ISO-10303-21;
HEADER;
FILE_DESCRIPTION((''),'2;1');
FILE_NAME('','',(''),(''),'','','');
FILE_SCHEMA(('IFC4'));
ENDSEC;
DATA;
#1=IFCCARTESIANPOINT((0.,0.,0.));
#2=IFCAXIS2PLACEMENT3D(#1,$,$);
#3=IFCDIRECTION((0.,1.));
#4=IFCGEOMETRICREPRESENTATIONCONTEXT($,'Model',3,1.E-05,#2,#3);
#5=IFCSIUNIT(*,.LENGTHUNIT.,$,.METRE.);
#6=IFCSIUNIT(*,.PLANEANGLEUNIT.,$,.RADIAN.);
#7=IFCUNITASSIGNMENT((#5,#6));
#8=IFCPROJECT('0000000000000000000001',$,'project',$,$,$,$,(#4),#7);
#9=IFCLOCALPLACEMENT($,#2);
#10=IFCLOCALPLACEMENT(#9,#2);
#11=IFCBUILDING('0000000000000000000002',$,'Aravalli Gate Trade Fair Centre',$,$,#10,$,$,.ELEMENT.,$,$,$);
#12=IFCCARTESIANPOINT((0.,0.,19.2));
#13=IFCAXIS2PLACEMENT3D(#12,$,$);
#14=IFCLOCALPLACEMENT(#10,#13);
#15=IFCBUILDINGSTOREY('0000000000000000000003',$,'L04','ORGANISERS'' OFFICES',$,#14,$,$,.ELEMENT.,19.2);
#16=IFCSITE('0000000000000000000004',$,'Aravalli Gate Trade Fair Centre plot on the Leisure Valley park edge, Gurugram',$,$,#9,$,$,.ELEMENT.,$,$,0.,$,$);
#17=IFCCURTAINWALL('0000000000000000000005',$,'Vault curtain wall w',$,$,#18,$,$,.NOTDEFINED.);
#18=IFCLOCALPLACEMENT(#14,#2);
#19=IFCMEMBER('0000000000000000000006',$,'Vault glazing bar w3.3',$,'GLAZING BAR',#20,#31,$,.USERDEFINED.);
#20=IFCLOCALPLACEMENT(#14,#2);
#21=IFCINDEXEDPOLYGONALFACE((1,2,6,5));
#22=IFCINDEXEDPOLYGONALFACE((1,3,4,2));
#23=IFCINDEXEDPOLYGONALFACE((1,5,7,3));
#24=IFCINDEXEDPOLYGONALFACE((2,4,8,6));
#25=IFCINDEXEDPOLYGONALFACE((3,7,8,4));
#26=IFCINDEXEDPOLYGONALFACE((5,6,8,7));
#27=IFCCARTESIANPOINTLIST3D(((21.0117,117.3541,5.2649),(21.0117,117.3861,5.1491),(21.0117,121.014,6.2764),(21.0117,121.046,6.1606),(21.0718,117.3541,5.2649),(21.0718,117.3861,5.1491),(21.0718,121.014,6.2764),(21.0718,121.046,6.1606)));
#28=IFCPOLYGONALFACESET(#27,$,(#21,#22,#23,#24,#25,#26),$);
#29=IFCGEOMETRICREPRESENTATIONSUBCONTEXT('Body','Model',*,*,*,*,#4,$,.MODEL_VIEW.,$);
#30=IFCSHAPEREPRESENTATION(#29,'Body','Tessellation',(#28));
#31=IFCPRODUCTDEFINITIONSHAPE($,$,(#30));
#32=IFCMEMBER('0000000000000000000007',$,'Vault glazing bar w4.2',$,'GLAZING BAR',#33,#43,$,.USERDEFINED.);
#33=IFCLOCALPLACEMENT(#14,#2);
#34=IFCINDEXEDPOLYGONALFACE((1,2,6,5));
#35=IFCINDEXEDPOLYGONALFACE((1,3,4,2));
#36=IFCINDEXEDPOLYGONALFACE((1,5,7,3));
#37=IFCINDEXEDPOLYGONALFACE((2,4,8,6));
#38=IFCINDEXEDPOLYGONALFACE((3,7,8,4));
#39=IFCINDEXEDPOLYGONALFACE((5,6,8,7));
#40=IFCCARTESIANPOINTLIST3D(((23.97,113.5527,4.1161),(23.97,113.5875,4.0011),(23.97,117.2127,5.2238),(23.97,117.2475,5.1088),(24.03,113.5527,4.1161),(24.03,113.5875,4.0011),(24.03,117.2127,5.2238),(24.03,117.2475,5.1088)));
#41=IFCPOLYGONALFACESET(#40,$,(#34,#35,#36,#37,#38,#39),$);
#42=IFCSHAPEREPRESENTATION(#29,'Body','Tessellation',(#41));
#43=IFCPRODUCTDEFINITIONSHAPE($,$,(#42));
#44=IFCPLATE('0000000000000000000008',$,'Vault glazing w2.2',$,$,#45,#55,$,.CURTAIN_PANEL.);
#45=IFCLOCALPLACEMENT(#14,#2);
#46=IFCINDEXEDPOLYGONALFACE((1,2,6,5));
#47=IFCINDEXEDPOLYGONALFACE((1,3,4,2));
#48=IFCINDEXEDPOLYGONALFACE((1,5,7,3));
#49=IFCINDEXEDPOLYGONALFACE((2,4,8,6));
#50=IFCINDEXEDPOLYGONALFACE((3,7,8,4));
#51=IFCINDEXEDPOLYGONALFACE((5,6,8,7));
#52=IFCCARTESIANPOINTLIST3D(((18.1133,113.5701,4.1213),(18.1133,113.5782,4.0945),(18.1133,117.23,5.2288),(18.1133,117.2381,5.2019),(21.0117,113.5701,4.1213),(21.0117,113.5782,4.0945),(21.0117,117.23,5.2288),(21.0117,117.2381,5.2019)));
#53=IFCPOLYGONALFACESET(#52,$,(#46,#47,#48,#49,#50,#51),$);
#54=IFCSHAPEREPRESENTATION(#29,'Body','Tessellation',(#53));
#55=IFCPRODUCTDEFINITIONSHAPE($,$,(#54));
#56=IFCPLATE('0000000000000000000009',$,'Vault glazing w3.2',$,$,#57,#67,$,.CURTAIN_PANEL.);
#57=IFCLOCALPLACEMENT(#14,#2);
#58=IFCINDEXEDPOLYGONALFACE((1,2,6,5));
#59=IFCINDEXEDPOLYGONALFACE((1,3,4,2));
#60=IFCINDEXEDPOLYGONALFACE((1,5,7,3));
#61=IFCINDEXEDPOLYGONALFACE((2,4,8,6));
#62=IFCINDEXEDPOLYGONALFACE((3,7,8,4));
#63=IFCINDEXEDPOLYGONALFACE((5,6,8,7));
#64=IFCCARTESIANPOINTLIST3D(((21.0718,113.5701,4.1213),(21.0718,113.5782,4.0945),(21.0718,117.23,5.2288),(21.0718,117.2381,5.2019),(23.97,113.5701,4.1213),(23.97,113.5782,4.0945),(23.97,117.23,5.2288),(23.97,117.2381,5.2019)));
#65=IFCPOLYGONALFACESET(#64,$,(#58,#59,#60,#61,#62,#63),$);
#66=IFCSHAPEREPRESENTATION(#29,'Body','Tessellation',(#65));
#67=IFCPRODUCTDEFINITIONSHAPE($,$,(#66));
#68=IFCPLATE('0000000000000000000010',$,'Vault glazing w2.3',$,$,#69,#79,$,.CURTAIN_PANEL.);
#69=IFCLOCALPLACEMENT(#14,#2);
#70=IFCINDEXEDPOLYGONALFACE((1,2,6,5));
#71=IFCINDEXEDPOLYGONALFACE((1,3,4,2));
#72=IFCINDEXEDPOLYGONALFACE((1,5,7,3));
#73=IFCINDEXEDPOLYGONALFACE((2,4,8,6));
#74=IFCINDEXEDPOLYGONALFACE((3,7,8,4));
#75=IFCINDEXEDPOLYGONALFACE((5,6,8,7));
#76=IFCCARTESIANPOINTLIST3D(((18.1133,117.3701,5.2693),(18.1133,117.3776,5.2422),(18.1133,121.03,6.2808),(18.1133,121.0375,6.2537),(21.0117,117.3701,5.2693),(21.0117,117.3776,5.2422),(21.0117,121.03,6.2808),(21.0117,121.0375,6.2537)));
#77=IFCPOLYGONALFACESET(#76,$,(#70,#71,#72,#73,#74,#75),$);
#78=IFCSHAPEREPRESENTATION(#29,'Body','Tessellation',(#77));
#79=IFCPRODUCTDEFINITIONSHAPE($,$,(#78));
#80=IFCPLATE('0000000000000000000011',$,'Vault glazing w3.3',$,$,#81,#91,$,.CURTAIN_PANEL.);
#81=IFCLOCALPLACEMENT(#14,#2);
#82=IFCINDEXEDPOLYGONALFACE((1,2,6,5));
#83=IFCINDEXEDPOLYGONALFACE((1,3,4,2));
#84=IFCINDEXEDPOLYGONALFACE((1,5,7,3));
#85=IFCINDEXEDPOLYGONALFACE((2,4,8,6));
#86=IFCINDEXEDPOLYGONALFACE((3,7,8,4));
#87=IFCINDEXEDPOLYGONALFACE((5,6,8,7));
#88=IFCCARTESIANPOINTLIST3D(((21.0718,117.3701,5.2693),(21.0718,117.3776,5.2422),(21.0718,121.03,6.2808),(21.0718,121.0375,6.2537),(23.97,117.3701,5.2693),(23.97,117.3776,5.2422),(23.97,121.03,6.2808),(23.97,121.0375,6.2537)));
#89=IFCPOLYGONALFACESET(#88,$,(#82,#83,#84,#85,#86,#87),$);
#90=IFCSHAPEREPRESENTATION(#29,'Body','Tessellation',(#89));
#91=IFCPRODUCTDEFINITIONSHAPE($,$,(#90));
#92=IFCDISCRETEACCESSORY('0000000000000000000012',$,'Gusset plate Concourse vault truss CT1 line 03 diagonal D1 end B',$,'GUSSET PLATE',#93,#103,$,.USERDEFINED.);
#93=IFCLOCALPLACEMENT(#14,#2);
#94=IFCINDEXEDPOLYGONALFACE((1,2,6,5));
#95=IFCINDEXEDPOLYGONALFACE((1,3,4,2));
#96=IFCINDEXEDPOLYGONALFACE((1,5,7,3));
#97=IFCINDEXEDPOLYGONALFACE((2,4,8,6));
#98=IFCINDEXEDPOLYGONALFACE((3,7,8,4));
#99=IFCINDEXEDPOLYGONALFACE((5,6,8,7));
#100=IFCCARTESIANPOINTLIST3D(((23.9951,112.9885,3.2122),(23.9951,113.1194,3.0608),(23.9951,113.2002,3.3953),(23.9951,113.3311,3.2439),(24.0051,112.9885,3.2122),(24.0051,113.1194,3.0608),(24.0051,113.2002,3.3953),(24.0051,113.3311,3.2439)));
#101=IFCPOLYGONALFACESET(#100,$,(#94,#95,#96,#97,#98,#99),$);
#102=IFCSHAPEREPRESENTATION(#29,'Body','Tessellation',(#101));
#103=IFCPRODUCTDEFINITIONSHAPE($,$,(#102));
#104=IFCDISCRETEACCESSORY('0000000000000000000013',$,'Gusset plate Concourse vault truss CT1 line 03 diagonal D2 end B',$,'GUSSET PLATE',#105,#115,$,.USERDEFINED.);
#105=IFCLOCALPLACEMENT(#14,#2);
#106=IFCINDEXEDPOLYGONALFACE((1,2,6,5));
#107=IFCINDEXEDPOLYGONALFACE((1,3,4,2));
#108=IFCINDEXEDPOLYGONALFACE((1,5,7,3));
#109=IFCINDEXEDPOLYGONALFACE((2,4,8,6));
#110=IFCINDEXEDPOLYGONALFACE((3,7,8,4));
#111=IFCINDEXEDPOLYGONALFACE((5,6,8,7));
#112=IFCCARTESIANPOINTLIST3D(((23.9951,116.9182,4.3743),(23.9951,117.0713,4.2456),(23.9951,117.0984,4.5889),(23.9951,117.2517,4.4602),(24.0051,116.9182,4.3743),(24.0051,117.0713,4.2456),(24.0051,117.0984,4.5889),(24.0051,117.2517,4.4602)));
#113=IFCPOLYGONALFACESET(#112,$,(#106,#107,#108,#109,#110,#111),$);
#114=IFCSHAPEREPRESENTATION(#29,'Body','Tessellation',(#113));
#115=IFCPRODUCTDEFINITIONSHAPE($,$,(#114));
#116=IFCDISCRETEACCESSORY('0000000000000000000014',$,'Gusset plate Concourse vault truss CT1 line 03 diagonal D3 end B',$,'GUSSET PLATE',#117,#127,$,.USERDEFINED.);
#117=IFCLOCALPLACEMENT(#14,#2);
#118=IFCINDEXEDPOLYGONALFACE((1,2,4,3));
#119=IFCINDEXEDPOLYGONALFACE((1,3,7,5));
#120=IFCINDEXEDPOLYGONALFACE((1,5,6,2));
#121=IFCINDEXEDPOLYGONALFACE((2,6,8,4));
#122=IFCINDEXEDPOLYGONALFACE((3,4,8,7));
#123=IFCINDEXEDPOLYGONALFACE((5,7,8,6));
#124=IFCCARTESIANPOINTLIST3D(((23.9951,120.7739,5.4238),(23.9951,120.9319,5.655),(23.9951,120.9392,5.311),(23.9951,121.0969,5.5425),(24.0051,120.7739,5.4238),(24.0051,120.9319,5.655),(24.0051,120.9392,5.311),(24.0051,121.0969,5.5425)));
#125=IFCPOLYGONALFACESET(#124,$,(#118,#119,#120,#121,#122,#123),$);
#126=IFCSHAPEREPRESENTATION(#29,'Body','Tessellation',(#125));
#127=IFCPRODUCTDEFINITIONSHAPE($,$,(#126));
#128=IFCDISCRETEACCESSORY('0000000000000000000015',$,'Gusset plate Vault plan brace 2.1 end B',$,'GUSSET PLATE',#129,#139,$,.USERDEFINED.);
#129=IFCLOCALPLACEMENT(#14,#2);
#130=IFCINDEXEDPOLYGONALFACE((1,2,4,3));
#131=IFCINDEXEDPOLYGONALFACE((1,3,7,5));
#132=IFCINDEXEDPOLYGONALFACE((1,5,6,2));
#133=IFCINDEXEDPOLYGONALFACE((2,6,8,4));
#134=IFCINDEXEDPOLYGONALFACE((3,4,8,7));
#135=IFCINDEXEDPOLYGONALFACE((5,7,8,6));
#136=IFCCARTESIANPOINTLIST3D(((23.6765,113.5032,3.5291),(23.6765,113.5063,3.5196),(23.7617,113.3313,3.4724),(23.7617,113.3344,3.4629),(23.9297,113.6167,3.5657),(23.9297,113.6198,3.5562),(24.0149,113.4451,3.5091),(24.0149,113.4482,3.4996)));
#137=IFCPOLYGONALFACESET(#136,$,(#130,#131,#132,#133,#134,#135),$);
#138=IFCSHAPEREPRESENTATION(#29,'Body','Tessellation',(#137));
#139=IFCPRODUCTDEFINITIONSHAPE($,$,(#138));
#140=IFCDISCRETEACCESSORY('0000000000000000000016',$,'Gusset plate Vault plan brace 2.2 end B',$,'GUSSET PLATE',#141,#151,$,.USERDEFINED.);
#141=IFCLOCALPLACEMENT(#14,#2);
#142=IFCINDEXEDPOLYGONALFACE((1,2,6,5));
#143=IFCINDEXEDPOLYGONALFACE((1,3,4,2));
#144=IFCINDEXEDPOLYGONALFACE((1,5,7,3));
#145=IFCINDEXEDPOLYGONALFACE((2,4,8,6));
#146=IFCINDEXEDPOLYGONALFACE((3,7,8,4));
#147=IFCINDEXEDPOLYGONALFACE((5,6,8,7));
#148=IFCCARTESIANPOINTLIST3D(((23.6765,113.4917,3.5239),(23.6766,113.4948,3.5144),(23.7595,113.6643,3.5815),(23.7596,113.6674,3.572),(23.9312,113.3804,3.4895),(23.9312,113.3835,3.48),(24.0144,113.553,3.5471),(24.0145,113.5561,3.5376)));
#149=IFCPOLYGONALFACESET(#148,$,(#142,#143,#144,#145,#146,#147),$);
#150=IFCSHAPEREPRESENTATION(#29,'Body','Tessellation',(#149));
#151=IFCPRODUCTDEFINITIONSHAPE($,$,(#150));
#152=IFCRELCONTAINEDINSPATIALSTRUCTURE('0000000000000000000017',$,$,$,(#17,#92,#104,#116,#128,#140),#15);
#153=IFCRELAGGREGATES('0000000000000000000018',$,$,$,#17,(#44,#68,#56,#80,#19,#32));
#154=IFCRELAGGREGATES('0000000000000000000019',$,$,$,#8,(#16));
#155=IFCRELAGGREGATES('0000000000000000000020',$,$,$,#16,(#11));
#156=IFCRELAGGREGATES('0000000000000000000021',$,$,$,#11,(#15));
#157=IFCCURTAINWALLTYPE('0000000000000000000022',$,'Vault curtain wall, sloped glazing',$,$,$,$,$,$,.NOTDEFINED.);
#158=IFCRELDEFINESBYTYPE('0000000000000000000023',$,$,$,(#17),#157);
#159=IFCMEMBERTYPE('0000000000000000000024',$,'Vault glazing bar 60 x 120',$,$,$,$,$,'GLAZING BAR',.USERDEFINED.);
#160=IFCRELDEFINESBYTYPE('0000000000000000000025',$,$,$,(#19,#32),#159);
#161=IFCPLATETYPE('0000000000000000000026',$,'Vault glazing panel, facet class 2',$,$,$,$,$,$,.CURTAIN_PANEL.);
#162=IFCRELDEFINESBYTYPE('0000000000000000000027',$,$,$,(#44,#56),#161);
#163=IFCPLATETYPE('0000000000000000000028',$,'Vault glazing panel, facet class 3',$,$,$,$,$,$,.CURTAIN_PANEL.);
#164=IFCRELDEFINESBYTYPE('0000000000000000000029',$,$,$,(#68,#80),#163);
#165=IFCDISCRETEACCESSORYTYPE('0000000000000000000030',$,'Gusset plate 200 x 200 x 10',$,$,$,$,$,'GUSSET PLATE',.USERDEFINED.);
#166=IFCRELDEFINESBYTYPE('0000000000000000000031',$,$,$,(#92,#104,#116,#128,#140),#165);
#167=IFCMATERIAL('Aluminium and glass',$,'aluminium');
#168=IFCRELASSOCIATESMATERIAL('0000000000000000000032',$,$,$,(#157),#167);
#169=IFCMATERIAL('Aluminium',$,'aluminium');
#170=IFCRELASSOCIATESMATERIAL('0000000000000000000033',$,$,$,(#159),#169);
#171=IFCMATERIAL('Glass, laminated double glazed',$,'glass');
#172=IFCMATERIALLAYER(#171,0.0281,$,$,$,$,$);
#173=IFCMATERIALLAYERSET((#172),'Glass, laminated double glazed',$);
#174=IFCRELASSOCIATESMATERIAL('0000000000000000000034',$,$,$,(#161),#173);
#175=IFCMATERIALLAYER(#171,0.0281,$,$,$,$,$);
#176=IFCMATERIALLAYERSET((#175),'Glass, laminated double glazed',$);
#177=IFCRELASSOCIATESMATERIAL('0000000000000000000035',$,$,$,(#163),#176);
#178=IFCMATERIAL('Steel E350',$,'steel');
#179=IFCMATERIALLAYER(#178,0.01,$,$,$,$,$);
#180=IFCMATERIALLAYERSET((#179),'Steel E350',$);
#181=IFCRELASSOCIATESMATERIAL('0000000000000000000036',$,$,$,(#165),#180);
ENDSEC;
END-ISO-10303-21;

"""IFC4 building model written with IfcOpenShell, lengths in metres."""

from ifc_helpers import new_model, si_unit, direction, frame, origin, origin_2d, place, context, subcontext, project, spatial, polyline, rectangle, outline, extrude, material, layer, layer_set, material_profile, profile_set, type_object, element, aggregate, save


model = new_model("IFC4")

# Units and contexts
model_context = context("Model", 3, precision=1e-05, world=origin(), true_north=direction((0.0, 1.0)))
body_context = subcontext(model_context, "Body", "Model", "MODEL_VIEW")
ifc_project = project(units=[si_unit("LENGTHUNIT", "METRE"), si_unit("PLANEANGLEUNIT", "RADIAN")], contexts=[model_context])

# Site, building, storey
site_placement = place(None, origin())
site = spatial("IfcSite", under=ifc_project, at=site_placement, Name="Aravalli Gate Trade Fair Centre plot on the Leisure Valley park edge, Gurugram", CompositionType="ELEMENT", RefElevation=0.0)
building_placement = place(site_placement, origin())
building = spatial("IfcBuilding", under=site, at=building_placement, Name="Aravalli Gate Trade Fair Centre", CompositionType="ELEMENT")
storey_placement = place(building_placement, frame((0.0, 0.0, 19.2)))
storey = spatial("IfcBuildingStorey", under=building, at=storey_placement, Name="L04", Description="ORGANISERS' OFFICES", CompositionType="ELEMENT", Elevation=19.2)

# Shared definitions
ifc_material_1 = material(Name="Steel E350", Category="steel")
ifc_material_2 = material(Name="Aluminium", Category="aluminium")

# Curtain wall, members, plates
ifc_material_3 = material(Name="Aluminium and glass", Category="aluminium")
curtain_wall_type = type_object("IfcCurtainWallType", Name="Vault curtain wall, sloped glazing", PredefinedType="NOTDEFINED", material=ifc_material_3)
curtain_wall_placement = place(storey_placement, origin())
curtain_wall = element("IfcCurtainWall", 1, at=curtain_wall_placement, inside=storey, type_object=curtain_wall_type, Name="Vault curtain wall w", PredefinedType="NOTDEFINED")
ifc_material_profile_1 = material_profile(ifc_material_2, rectangle(XDim=0.0601, YDim=0.1201, at=origin_2d()), Name="Vault glazing bar 60 x 120")
ifc_profile_set_1 = profile_set([ifc_material_profile_1], Name="Aluminium")
member_type_1 = type_object("IfcMemberType", Name="Vault glazing bar 60 x 120", ElementType="GLAZING BAR", PredefinedType="USERDEFINED", material=ifc_profile_set_1)
member_1_placement = place(storey_placement, frame((21.0417, 117.3701, 5.207), z_axis=(0.0, 0.963868, 0.26638), x_axis=(-1.0, 0.0, 0.0)))
member_1 = element("IfcMember", 2, at=member_1_placement, type_object=member_type_1, Name="Vault glazing bar w3.3", ObjectType="GLAZING BAR", PredefinedType="USERDEFINED", context=body_context, shape_type="SweptSolid", body=[
    extrude(rectangle(XDim=0.0601, YDim=0.1201, at=origin_2d()), origin(), (0.0, 0.0, 1.0), 3.7971),
])
member_2_placement = place(storey_placement, frame((24.0, 113.5701, 4.0586), z_axis=(0.0, 0.957126, 0.289672), x_axis=(-1.0, 0.0, 0.0)))
member_2 = element("IfcMember", 3, at=member_2_placement, type_object=member_type_1, Name="Vault glazing bar w4.2", ObjectType="GLAZING BAR", PredefinedType="USERDEFINED", context=body_context, shape_type="SweptSolid", body=[
    extrude(rectangle(XDim=0.0601, YDim=0.1201, at=origin_2d()), origin(), (0.0, 0.0, 1.0), 3.824),
])
ifc_material_4 = material(Name="Glass, laminated double glazed", Category="glass")
ifc_layer_1 = layer(ifc_material_4, 0.0281)
ifc_layer_set_1 = layer_set([ifc_layer_1], Name="Glass, laminated double glazed")
plate_type_1 = type_object("IfcPlateType", Name="Vault glazing panel, facet class 2", PredefinedType="CURTAIN_PANEL", material=ifc_layer_set_1)
plate_1_placement = place(storey_placement, frame((18.1133, 113.5701, 4.1213), z_axis=(0.0, -0.289614, 0.957144), x_axis=(1.0, 0.0, 0.0)))
plate_1 = element("IfcPlate", 4, at=plate_1_placement, type_object=plate_type_1, Name="Vault glazing w2.2", PredefinedType="CURTAIN_PANEL", context=body_context, shape_type="SweptSolid", body=[
    extrude(outline(polyline([(0.0, 0.0), (2.8984, 0.0), (2.8984, 3.8238), (0.0, 3.8238), (0.0, 0.0)])), origin(), (0.0, 0.0, -1.0), 0.0281),
])
plate_2_placement = place(storey_placement, frame((21.0718, 113.5701, 4.1213), z_axis=(0.0, -0.289614, 0.957144), x_axis=(1.0, 0.0, 0.0)))
plate_2 = element("IfcPlate", 5, at=plate_2_placement, type_object=plate_type_1, Name="Vault glazing w3.2", PredefinedType="CURTAIN_PANEL", context=body_context, shape_type="SweptSolid", body=[
    extrude(outline(polyline([(0.0, 0.0), (2.8982, 0.0), (2.8982, 3.8238), (0.0, 3.8238), (0.0, 0.0)])), origin(), (0.0, 0.0, -1.0), 0.0281),
])
ifc_layer_2 = layer(ifc_material_4, 0.0281)
ifc_layer_set_2 = layer_set([ifc_layer_2], Name="Glass, laminated double glazed")
plate_type_2 = type_object("IfcPlateType", Name="Vault glazing panel, facet class 3", PredefinedType="CURTAIN_PANEL", material=ifc_layer_set_2)
plate_3_placement = place(storey_placement, frame((18.1133, 117.3701, 5.2693), z_axis=(0.0, -0.26638, 0.963868), x_axis=(1.0, 0.0, 0.0)))
plate_3 = element("IfcPlate", 6, at=plate_3_placement, type_object=plate_type_2, Name="Vault glazing w2.3", PredefinedType="CURTAIN_PANEL", context=body_context, shape_type="SweptSolid", body=[
    extrude(outline(polyline([(0.0, 0.0), (2.8984, 0.0), (2.8984, 3.7971), (0.0, 3.7971), (0.0, 0.0)])), origin(), (0.0, 0.0, -1.0), 0.0281),
])
plate_4_placement = place(storey_placement, frame((21.0718, 117.3701, 5.2693), z_axis=(0.0, -0.26638, 0.963868), x_axis=(1.0, 0.0, 0.0)))
plate_4 = element("IfcPlate", 7, at=plate_4_placement, type_object=plate_type_2, Name="Vault glazing w3.3", PredefinedType="CURTAIN_PANEL", context=body_context, shape_type="SweptSolid", body=[
    extrude(outline(polyline([(0.0, 0.0), (2.8982, 0.0), (2.8982, 3.7971), (0.0, 3.7971), (0.0, 0.0)])), origin(), (0.0, 0.0, -1.0), 0.0281),
])
aggregate(curtain_wall, [plate_1, plate_3, plate_2, plate_4, member_1, member_2])

# Discrete accessories
ifc_layer_3 = layer(ifc_material_1, 0.01)
ifc_layer_set_3 = layer_set([ifc_layer_3], Name="Steel E350")
discrete_accessory_type = type_object("IfcDiscreteAccessoryType", Name="Gusset plate 200 x 200 x 10", ElementType="GUSSET PLATE", PredefinedType="USERDEFINED", material=ifc_layer_set_3)
discrete_accessory_1_placement = place(storey_placement, frame((23.9951, 112.9885, 3.2122), z_axis=(-1.0, 0.0, 0.0), x_axis=(0.0, 0.756293, 0.654233)))
element("IfcDiscreteAccessory", 8, at=discrete_accessory_1_placement, inside=storey, type_object=discrete_accessory_type, Name="Gusset plate Concourse vault truss CT1 line 03 diagonal D1 end B", ObjectType="GUSSET PLATE", PredefinedType="USERDEFINED", context=body_context, shape_type="SweptSolid", body=[
    extrude(outline(polyline([(0.0, 0.0), (0.2799, 0.0), (0.2798, 0.2001), (-0.0001, 0.2001), (0.0, 0.0)])), origin(), (0.0, 0.0, -1.0), 0.01),
])
discrete_accessory_2_placement = place(storey_placement, frame((23.9951, 116.9182, 4.3743), z_axis=(-1.0, 0.0, 0.0), x_axis=(0.0, 0.643008, 0.765859)))
element("IfcDiscreteAccessory", 9, at=discrete_accessory_2_placement, inside=storey, type_object=discrete_accessory_type, Name="Gusset plate Concourse vault truss CT1 line 03 diagonal D2 end B", ObjectType="GUSSET PLATE", PredefinedType="USERDEFINED", context=body_context, shape_type="SweptSolid", body=[
    extrude(outline(polyline([(0.0, 0.0), (0.2802, 0.0), (0.2803, 0.2002), (-0.0001, 0.2), (0.0, 0.0)])), origin(), (0.0, 0.0, -1.0), 0.01),
])
discrete_accessory_3_placement = place(storey_placement, frame((23.9951, 120.7739, 5.4238), z_axis=(-1.0, 0.0, 0.0), x_axis=(0.0, 0.564121, 0.825692)))
element("IfcDiscreteAccessory", 10, at=discrete_accessory_3_placement, inside=storey, type_object=discrete_accessory_type, Name="Gusset plate Concourse vault truss CT1 line 03 diagonal D3 end B", ObjectType="GUSSET PLATE", PredefinedType="USERDEFINED", context=body_context, shape_type="SweptSolid", body=[
    extrude(outline(polyline([(0.0, 0.0), (0.28, 0.0), (0.2802, 0.1998), (0.0001, 0.2001), (0.0, 0.0)])), origin(), (0.0, 0.0, -1.0), 0.01),
])
discrete_accessory_4_placement = place(storey_placement, frame((23.7617, 113.3313, 3.4724), z_axis=(0.002632, -0.31201, 0.950075), x_axis=(0.904299, 0.406325, 0.130934)))
element("IfcDiscreteAccessory", 11, at=discrete_accessory_4_placement, inside=storey, type_object=discrete_accessory_type, Name="Gusset plate Vault plan brace 2.1 end B", ObjectType="GUSSET PLATE", PredefinedType="USERDEFINED", context=body_context, shape_type="SweptSolid", body=[
    extrude(outline(polyline([(0.0, 0.0), (0.28, 0.0), (0.2801, 0.1998), (0.0002, 0.2), (0.0, 0.0)])), origin(), (0.0, 0.0, -1.0), 0.01),
])
discrete_accessory_5_placement = place(storey_placement, frame((23.6765, 113.4917, 3.5239), z_axis=(-0.008432, -0.312963, 0.949728), x_axis=(0.909309, -0.397549, -0.12293)))
element("IfcDiscreteAccessory", 12, at=discrete_accessory_5_placement, inside=storey, type_object=discrete_accessory_type, Name="Gusset plate Vault plan brace 2.2 end B", ObjectType="GUSSET PLATE", PredefinedType="USERDEFINED", context=body_context, shape_type="SweptSolid", body=[
    extrude(outline(polyline([(0.0, 0.0), (0.28, 0.0), (0.28, 0.2001), (-0.0002, 0.2), (0.0, 0.0)])), origin(), (0.0, 0.0, -1.0), 0.01),
])

save(model, "model.ifc")
